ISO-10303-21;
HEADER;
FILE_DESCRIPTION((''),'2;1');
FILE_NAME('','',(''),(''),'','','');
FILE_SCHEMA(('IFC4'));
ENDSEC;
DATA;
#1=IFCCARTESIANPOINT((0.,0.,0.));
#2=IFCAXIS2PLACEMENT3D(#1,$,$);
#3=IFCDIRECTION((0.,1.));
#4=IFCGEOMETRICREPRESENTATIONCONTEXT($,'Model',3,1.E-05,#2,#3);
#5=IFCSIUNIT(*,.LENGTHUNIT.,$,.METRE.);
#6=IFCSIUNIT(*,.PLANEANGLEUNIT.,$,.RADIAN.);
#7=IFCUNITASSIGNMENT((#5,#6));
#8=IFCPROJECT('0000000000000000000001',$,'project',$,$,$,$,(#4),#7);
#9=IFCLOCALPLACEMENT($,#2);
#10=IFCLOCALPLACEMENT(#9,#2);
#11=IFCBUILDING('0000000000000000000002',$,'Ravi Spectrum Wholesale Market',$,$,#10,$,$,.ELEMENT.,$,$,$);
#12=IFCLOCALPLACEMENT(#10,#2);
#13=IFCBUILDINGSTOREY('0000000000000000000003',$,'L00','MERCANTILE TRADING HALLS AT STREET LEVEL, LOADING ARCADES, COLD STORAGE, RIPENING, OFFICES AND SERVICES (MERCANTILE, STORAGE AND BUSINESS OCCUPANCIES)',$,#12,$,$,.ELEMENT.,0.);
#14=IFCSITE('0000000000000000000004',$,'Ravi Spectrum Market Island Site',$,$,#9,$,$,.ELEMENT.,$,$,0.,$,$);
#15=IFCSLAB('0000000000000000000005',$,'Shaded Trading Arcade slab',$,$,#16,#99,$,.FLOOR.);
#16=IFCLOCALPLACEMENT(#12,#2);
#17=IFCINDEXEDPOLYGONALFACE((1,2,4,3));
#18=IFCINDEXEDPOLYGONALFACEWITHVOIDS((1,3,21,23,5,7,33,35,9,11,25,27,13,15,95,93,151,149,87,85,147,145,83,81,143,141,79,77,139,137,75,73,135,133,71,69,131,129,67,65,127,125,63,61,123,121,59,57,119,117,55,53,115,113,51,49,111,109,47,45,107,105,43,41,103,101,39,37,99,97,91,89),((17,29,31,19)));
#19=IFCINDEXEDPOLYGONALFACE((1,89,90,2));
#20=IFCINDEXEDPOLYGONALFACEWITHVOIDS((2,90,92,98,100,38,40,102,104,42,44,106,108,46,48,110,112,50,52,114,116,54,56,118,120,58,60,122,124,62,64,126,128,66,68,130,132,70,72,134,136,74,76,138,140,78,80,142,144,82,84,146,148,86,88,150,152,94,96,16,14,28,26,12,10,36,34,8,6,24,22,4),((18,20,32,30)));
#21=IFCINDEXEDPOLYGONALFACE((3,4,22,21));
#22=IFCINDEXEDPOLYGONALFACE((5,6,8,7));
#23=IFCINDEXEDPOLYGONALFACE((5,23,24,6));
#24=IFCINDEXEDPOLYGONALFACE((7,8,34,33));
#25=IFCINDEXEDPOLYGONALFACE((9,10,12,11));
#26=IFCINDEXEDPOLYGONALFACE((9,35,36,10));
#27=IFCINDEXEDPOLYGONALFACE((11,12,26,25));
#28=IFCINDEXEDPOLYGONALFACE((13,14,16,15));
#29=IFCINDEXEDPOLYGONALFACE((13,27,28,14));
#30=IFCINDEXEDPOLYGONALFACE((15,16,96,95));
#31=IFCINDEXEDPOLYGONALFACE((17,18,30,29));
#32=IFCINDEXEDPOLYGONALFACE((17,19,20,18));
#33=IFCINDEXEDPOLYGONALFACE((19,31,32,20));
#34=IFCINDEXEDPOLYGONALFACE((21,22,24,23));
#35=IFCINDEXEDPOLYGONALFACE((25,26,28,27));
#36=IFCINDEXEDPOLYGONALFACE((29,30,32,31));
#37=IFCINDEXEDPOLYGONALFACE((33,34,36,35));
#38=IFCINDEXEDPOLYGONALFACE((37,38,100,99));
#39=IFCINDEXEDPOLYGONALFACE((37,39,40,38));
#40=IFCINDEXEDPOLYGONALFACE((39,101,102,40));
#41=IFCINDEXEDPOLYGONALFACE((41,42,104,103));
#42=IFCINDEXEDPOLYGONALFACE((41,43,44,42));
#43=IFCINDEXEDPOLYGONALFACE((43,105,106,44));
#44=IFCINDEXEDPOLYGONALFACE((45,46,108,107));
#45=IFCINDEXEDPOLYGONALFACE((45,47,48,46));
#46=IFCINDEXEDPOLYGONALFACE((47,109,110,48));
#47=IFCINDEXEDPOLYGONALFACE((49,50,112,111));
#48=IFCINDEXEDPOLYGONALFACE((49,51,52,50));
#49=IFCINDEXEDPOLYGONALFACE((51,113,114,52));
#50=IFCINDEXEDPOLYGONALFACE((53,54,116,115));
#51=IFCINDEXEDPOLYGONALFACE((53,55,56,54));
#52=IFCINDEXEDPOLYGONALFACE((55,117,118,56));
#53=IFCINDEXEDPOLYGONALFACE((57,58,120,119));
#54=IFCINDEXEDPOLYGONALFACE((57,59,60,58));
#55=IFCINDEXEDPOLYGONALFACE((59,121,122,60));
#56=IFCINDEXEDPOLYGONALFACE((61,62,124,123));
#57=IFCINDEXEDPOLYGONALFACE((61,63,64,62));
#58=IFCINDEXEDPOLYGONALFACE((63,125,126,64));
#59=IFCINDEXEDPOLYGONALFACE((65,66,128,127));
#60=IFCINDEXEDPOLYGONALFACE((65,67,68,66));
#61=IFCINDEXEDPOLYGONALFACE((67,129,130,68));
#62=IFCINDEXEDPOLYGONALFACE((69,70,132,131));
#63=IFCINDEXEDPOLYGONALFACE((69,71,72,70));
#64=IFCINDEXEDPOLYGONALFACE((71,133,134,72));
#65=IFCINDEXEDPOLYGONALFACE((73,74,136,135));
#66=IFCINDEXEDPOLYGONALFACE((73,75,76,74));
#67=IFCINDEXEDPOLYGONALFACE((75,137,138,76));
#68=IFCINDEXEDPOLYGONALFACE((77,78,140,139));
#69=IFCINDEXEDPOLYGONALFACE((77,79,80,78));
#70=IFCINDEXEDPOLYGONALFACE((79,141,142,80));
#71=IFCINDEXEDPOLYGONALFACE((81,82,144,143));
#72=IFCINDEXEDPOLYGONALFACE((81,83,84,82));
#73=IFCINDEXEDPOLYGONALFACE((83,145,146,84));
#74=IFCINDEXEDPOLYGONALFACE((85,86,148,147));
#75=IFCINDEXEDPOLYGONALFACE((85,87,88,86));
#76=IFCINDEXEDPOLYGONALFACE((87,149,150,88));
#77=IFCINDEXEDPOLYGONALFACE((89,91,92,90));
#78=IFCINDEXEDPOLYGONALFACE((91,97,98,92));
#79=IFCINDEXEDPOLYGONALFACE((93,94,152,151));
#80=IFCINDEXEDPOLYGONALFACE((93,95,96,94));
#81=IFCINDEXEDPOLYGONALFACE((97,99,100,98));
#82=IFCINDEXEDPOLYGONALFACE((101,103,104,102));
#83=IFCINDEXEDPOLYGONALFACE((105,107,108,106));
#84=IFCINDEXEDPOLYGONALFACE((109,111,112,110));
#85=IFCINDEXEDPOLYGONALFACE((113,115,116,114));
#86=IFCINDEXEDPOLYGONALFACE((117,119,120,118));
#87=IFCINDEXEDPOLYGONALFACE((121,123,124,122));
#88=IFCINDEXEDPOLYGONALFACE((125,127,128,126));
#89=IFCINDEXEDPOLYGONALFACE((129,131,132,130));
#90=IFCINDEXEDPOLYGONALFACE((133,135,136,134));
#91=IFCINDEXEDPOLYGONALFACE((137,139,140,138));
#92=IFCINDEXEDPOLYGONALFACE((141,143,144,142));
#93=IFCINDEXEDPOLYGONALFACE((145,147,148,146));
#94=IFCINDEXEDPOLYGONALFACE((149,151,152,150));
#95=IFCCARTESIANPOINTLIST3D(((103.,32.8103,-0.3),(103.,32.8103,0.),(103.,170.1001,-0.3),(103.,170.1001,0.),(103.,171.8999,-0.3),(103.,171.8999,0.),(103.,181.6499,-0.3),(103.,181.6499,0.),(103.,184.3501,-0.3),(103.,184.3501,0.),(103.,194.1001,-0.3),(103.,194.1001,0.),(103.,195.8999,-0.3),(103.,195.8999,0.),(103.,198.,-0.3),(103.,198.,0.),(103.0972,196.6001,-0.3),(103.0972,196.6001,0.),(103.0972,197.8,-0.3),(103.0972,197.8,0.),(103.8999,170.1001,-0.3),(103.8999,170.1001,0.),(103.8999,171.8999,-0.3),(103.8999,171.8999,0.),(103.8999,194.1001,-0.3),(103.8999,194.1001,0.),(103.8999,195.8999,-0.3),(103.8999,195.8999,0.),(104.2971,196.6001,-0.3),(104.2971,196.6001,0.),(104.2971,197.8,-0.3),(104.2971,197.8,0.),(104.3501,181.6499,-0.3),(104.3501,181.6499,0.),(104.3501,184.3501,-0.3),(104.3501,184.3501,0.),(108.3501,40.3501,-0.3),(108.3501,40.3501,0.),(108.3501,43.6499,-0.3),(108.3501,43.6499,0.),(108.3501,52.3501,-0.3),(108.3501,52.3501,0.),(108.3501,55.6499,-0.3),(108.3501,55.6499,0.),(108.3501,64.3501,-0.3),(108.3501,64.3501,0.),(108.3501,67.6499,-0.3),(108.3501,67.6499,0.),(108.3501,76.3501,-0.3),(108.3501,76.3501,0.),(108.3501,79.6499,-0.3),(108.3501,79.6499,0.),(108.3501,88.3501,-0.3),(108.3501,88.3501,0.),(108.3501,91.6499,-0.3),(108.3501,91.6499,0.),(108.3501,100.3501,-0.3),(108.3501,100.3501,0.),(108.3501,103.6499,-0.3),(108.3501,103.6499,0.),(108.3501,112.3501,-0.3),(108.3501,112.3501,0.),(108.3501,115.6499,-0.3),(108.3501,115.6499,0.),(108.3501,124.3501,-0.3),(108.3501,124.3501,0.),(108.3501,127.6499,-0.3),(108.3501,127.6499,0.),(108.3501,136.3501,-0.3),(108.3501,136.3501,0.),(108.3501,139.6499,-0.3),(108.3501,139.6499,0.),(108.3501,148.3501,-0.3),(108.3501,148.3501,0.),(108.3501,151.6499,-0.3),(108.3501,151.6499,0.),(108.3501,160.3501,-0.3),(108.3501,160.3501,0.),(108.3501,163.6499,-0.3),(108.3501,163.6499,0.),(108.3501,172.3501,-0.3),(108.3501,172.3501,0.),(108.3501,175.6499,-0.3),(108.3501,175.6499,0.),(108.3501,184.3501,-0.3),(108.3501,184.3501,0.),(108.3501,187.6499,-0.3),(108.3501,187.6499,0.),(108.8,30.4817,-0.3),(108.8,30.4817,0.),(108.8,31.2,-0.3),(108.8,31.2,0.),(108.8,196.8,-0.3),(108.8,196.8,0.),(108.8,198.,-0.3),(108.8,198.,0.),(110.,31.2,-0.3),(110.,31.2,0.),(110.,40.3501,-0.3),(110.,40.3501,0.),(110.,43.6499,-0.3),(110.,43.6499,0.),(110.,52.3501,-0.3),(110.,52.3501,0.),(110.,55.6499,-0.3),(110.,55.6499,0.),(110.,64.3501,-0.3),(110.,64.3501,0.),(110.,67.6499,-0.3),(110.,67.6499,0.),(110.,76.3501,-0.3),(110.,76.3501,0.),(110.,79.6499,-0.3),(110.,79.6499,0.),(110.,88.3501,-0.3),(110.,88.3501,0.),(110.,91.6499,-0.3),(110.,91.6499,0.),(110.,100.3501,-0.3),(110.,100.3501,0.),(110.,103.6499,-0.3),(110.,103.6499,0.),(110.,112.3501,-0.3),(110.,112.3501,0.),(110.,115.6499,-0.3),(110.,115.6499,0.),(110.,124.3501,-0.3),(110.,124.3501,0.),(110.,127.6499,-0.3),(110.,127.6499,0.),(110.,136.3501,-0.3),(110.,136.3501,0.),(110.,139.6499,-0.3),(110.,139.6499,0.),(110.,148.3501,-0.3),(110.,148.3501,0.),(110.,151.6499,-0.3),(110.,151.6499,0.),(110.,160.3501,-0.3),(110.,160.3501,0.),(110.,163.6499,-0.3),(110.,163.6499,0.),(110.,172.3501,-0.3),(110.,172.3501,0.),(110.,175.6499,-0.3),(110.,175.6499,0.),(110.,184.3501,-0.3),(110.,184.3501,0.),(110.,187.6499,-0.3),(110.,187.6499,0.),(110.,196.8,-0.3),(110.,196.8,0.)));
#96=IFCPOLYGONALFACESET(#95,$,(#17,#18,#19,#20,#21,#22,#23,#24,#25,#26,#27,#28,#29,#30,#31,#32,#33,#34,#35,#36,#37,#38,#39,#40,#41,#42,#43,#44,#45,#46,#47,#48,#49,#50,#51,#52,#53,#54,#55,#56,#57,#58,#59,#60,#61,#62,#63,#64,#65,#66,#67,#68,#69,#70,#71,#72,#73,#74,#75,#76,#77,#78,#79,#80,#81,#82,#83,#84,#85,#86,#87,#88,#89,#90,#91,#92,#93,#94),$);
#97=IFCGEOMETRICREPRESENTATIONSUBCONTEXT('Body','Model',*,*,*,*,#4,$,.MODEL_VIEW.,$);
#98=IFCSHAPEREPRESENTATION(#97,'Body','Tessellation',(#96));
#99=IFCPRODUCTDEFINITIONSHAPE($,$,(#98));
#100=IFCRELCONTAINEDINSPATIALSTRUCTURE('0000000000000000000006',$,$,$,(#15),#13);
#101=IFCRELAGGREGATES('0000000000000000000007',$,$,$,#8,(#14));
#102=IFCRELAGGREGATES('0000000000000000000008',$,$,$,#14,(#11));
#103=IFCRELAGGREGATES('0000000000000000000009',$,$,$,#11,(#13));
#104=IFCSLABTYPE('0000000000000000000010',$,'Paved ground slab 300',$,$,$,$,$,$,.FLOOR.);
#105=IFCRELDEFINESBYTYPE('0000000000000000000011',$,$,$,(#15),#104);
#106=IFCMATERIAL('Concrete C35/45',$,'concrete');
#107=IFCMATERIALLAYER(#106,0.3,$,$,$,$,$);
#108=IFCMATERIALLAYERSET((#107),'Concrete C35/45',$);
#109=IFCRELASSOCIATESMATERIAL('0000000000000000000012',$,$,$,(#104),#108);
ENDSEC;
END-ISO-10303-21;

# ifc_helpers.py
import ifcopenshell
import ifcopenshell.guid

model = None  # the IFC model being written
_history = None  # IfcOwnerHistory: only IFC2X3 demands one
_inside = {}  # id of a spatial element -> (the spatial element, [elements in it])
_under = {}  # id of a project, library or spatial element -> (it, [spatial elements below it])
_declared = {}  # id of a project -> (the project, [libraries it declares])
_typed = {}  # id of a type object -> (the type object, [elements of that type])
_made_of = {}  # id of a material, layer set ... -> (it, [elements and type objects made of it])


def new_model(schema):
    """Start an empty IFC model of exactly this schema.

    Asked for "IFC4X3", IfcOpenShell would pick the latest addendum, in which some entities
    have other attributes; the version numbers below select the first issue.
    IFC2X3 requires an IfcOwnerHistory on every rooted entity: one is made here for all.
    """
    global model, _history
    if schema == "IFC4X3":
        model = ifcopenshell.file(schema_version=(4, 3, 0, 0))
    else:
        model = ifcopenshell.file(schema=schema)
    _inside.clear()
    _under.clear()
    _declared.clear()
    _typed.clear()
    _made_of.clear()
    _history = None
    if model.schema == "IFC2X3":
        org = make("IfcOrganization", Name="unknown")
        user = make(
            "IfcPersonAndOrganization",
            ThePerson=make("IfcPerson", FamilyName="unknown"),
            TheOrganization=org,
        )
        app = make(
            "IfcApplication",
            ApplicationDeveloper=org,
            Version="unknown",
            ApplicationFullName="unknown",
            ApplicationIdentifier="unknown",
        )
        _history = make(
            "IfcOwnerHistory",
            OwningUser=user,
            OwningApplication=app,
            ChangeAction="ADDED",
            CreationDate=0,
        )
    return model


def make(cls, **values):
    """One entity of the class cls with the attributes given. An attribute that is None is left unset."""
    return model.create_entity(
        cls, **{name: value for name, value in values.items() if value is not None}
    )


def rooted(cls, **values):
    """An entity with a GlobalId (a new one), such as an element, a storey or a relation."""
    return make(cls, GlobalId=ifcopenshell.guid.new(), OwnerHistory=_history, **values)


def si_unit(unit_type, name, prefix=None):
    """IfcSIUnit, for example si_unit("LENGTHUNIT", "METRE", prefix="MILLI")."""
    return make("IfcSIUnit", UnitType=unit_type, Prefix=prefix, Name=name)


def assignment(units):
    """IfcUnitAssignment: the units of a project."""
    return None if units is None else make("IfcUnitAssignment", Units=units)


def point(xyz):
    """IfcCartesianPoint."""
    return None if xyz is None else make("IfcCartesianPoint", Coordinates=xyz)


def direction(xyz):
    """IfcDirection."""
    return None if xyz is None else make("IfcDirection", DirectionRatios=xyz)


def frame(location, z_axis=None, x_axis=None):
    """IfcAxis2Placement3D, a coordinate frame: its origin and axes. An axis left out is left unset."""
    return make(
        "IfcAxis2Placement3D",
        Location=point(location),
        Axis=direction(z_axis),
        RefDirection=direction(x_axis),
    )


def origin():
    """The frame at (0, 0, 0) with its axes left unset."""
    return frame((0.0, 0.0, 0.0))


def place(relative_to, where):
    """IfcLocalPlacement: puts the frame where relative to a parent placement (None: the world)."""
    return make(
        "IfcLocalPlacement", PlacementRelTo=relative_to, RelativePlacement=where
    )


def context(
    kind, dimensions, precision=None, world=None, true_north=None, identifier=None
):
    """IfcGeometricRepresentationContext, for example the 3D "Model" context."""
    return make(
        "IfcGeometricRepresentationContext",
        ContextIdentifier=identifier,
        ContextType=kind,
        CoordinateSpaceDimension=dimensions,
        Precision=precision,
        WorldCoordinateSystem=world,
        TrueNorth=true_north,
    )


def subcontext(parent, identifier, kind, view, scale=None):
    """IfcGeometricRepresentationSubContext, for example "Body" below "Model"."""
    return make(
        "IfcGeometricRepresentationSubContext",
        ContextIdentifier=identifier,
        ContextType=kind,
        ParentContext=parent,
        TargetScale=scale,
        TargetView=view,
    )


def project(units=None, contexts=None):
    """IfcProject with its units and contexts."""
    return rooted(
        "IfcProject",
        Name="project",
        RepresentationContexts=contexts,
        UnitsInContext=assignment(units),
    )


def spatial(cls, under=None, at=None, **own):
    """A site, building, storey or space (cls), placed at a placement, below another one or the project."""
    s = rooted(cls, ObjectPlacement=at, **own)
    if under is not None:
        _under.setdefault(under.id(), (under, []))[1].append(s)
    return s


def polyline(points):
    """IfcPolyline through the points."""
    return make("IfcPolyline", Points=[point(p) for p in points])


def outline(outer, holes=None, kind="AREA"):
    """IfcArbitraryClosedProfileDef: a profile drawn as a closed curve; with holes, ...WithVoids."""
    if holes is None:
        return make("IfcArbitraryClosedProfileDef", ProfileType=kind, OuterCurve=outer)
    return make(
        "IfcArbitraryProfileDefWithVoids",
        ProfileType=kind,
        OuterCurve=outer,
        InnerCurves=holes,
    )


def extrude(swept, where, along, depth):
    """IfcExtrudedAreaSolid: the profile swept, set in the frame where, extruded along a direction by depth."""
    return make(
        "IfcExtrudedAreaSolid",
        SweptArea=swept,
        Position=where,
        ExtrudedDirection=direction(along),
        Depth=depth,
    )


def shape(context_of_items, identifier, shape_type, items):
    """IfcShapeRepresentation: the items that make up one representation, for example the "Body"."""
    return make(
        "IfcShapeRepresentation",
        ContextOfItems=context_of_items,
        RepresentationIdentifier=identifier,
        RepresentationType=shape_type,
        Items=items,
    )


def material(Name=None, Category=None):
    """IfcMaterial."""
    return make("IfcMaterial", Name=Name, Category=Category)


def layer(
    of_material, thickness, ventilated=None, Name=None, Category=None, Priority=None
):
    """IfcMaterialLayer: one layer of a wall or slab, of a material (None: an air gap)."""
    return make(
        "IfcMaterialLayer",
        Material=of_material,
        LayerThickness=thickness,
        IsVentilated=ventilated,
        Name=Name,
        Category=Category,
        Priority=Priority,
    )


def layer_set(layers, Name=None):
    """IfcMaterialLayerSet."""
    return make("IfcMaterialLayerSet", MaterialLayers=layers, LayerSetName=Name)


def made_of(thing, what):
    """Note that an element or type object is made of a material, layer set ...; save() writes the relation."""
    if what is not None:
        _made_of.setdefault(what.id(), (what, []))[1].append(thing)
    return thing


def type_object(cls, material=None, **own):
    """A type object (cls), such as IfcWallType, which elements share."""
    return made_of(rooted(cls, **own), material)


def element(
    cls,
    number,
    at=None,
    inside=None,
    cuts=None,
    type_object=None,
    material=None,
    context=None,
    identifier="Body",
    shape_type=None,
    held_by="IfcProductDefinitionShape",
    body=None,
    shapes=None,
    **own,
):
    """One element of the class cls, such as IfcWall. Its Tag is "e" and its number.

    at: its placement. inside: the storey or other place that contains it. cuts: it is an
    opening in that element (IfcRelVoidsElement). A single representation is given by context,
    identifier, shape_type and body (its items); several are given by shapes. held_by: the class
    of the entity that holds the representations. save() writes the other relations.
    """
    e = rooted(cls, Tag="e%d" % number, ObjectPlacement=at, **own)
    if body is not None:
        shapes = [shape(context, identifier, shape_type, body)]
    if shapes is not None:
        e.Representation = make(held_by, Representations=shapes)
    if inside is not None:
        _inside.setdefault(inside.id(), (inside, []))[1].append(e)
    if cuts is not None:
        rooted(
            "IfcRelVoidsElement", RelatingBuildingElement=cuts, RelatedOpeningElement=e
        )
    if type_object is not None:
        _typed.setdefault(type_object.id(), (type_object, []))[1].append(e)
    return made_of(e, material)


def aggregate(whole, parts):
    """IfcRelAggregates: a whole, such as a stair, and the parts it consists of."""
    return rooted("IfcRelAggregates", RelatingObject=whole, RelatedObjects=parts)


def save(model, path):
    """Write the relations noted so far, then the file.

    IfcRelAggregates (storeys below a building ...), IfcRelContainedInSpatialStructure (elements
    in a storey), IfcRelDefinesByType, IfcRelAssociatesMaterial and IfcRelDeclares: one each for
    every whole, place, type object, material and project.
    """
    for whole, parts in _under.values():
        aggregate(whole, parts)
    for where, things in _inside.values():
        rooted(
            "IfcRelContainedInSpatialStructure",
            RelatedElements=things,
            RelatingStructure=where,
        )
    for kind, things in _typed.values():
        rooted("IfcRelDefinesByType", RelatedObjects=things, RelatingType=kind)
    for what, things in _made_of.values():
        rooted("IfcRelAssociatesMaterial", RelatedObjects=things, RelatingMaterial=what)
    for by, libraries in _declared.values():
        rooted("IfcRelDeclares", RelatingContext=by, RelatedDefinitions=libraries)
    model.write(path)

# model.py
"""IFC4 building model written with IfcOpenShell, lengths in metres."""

from ifc_helpers import new_model, si_unit, direction, frame, origin, place, context, subcontext, project, spatial, polyline, outline, extrude, material, layer, layer_set, type_object, element, save


model = new_model("IFC4")

# Units and contexts
model_context = context("Model", 3, precision=1e-05, world=origin(), true_north=direction((0.0, 1.0)))
body_context = subcontext(model_context, "Body", "Model", "MODEL_VIEW")
ifc_project = project(units=[si_unit("LENGTHUNIT", "METRE"), si_unit("PLANEANGLEUNIT", "RADIAN")], contexts=[model_context])

# Site, building, storey
site_placement = place(None, origin())
site = spatial("IfcSite", under=ifc_project, at=site_placement, Name="Ravi Spectrum Market Island Site", CompositionType="ELEMENT", RefElevation=0.0)
building_placement = place(site_placement, origin())
building = spatial("IfcBuilding", under=site, at=building_placement, Name="Ravi Spectrum Wholesale Market", CompositionType="ELEMENT")
storey_placement = place(building_placement, origin())
storey = spatial("IfcBuildingStorey", under=building, at=storey_placement, Name="L00", Description="MERCANTILE TRADING HALLS AT STREET LEVEL, LOADING ARCADES, COLD STORAGE, RIPENING, OFFICES AND SERVICES (MERCANTILE, STORAGE AND BUSINESS OCCUPANCIES)", CompositionType="ELEMENT", Elevation=0.0)

# Slab
ifc_material_1 = material(Name="Concrete C35/45", Category="concrete")
ifc_layer_1 = layer(ifc_material_1, 0.3)
ifc_layer_set_1 = layer_set([ifc_layer_1], Name="Concrete C35/45")
slab_type_1 = type_object("IfcSlabType", Name="Paved ground slab 300", PredefinedType="FLOOR", material=ifc_layer_set_1)
slab_1_placement = place(storey_placement, frame((0.0, 0.0, -0.3)))
element("IfcSlab", 1, at=slab_1_placement, inside=storey, type_object=slab_type_1, Name="Shaded Trading Arcade slab", PredefinedType="FLOOR", context=body_context, shape_type="SweptSolid", body=[
    extrude(outline(polyline([(103.0, 32.8103), (103.0, 170.1001), (103.8999, 170.1001), (103.8999, 171.8999), (103.0, 171.8999), (103.0, 181.6499), (104.3501, 181.6499), (104.3501, 184.3501), (103.0, 184.3501), (103.0, 194.1001), (103.8999, 194.1001), (103.8999, 195.8999), (103.0, 195.8999), (103.0, 198.0), (108.8, 198.0), (108.8, 196.8), (110.0, 196.8), (110.0, 187.6499), (108.3501, 187.6499), (108.3501, 184.3501), (110.0, 184.3501), (110.0, 175.6499), (108.3501, 175.6499), (108.3501, 172.3501), (110.0, 172.3501), (110.0, 163.6499), (108.3501, 163.6499), (108.3501, 160.3501), (110.0, 160.3501), (110.0, 151.6499), (108.3501, 151.6499), (108.3501, 148.3501), (110.0, 148.3501), (110.0, 139.6499), (108.3501, 139.6499), (108.3501, 136.3501), (110.0, 136.3501), (110.0, 127.6499), (108.3501, 127.6499), (108.3501, 124.3501), (110.0, 124.3501), (110.0, 115.6499), (108.3501, 115.6499), (108.3501, 112.3501), (110.0, 112.3501), (110.0, 103.6499), (108.3501, 103.6499), (108.3501, 100.3501), (110.0, 100.3501), (110.0, 91.6499), (108.3501, 91.6499), (108.3501, 88.3501), (110.0, 88.3501), (110.0, 79.6499), (108.3501, 79.6499), (108.3501, 76.3501), (110.0, 76.3501), (110.0, 67.6499), (108.3501, 67.6499), (108.3501, 64.3501), (110.0, 64.3501), (110.0, 55.6499), (108.3501, 55.6499), (108.3501, 52.3501), (110.0, 52.3501), (110.0, 43.6499), (108.3501, 43.6499), (108.3501, 40.3501), (110.0, 40.3501), (110.0, 31.2), (108.8, 31.2), (108.8, 30.4817), (103.0, 32.8103)]), holes=[polyline([(103.0972, 196.6001), (104.2971, 196.6001), (104.2971, 197.8), (103.0972, 197.8), (103.0972, 196.6001)])]), origin(), (0.0, 0.0, 1.0), 0.3),
])

save(model, "model.ifc")
